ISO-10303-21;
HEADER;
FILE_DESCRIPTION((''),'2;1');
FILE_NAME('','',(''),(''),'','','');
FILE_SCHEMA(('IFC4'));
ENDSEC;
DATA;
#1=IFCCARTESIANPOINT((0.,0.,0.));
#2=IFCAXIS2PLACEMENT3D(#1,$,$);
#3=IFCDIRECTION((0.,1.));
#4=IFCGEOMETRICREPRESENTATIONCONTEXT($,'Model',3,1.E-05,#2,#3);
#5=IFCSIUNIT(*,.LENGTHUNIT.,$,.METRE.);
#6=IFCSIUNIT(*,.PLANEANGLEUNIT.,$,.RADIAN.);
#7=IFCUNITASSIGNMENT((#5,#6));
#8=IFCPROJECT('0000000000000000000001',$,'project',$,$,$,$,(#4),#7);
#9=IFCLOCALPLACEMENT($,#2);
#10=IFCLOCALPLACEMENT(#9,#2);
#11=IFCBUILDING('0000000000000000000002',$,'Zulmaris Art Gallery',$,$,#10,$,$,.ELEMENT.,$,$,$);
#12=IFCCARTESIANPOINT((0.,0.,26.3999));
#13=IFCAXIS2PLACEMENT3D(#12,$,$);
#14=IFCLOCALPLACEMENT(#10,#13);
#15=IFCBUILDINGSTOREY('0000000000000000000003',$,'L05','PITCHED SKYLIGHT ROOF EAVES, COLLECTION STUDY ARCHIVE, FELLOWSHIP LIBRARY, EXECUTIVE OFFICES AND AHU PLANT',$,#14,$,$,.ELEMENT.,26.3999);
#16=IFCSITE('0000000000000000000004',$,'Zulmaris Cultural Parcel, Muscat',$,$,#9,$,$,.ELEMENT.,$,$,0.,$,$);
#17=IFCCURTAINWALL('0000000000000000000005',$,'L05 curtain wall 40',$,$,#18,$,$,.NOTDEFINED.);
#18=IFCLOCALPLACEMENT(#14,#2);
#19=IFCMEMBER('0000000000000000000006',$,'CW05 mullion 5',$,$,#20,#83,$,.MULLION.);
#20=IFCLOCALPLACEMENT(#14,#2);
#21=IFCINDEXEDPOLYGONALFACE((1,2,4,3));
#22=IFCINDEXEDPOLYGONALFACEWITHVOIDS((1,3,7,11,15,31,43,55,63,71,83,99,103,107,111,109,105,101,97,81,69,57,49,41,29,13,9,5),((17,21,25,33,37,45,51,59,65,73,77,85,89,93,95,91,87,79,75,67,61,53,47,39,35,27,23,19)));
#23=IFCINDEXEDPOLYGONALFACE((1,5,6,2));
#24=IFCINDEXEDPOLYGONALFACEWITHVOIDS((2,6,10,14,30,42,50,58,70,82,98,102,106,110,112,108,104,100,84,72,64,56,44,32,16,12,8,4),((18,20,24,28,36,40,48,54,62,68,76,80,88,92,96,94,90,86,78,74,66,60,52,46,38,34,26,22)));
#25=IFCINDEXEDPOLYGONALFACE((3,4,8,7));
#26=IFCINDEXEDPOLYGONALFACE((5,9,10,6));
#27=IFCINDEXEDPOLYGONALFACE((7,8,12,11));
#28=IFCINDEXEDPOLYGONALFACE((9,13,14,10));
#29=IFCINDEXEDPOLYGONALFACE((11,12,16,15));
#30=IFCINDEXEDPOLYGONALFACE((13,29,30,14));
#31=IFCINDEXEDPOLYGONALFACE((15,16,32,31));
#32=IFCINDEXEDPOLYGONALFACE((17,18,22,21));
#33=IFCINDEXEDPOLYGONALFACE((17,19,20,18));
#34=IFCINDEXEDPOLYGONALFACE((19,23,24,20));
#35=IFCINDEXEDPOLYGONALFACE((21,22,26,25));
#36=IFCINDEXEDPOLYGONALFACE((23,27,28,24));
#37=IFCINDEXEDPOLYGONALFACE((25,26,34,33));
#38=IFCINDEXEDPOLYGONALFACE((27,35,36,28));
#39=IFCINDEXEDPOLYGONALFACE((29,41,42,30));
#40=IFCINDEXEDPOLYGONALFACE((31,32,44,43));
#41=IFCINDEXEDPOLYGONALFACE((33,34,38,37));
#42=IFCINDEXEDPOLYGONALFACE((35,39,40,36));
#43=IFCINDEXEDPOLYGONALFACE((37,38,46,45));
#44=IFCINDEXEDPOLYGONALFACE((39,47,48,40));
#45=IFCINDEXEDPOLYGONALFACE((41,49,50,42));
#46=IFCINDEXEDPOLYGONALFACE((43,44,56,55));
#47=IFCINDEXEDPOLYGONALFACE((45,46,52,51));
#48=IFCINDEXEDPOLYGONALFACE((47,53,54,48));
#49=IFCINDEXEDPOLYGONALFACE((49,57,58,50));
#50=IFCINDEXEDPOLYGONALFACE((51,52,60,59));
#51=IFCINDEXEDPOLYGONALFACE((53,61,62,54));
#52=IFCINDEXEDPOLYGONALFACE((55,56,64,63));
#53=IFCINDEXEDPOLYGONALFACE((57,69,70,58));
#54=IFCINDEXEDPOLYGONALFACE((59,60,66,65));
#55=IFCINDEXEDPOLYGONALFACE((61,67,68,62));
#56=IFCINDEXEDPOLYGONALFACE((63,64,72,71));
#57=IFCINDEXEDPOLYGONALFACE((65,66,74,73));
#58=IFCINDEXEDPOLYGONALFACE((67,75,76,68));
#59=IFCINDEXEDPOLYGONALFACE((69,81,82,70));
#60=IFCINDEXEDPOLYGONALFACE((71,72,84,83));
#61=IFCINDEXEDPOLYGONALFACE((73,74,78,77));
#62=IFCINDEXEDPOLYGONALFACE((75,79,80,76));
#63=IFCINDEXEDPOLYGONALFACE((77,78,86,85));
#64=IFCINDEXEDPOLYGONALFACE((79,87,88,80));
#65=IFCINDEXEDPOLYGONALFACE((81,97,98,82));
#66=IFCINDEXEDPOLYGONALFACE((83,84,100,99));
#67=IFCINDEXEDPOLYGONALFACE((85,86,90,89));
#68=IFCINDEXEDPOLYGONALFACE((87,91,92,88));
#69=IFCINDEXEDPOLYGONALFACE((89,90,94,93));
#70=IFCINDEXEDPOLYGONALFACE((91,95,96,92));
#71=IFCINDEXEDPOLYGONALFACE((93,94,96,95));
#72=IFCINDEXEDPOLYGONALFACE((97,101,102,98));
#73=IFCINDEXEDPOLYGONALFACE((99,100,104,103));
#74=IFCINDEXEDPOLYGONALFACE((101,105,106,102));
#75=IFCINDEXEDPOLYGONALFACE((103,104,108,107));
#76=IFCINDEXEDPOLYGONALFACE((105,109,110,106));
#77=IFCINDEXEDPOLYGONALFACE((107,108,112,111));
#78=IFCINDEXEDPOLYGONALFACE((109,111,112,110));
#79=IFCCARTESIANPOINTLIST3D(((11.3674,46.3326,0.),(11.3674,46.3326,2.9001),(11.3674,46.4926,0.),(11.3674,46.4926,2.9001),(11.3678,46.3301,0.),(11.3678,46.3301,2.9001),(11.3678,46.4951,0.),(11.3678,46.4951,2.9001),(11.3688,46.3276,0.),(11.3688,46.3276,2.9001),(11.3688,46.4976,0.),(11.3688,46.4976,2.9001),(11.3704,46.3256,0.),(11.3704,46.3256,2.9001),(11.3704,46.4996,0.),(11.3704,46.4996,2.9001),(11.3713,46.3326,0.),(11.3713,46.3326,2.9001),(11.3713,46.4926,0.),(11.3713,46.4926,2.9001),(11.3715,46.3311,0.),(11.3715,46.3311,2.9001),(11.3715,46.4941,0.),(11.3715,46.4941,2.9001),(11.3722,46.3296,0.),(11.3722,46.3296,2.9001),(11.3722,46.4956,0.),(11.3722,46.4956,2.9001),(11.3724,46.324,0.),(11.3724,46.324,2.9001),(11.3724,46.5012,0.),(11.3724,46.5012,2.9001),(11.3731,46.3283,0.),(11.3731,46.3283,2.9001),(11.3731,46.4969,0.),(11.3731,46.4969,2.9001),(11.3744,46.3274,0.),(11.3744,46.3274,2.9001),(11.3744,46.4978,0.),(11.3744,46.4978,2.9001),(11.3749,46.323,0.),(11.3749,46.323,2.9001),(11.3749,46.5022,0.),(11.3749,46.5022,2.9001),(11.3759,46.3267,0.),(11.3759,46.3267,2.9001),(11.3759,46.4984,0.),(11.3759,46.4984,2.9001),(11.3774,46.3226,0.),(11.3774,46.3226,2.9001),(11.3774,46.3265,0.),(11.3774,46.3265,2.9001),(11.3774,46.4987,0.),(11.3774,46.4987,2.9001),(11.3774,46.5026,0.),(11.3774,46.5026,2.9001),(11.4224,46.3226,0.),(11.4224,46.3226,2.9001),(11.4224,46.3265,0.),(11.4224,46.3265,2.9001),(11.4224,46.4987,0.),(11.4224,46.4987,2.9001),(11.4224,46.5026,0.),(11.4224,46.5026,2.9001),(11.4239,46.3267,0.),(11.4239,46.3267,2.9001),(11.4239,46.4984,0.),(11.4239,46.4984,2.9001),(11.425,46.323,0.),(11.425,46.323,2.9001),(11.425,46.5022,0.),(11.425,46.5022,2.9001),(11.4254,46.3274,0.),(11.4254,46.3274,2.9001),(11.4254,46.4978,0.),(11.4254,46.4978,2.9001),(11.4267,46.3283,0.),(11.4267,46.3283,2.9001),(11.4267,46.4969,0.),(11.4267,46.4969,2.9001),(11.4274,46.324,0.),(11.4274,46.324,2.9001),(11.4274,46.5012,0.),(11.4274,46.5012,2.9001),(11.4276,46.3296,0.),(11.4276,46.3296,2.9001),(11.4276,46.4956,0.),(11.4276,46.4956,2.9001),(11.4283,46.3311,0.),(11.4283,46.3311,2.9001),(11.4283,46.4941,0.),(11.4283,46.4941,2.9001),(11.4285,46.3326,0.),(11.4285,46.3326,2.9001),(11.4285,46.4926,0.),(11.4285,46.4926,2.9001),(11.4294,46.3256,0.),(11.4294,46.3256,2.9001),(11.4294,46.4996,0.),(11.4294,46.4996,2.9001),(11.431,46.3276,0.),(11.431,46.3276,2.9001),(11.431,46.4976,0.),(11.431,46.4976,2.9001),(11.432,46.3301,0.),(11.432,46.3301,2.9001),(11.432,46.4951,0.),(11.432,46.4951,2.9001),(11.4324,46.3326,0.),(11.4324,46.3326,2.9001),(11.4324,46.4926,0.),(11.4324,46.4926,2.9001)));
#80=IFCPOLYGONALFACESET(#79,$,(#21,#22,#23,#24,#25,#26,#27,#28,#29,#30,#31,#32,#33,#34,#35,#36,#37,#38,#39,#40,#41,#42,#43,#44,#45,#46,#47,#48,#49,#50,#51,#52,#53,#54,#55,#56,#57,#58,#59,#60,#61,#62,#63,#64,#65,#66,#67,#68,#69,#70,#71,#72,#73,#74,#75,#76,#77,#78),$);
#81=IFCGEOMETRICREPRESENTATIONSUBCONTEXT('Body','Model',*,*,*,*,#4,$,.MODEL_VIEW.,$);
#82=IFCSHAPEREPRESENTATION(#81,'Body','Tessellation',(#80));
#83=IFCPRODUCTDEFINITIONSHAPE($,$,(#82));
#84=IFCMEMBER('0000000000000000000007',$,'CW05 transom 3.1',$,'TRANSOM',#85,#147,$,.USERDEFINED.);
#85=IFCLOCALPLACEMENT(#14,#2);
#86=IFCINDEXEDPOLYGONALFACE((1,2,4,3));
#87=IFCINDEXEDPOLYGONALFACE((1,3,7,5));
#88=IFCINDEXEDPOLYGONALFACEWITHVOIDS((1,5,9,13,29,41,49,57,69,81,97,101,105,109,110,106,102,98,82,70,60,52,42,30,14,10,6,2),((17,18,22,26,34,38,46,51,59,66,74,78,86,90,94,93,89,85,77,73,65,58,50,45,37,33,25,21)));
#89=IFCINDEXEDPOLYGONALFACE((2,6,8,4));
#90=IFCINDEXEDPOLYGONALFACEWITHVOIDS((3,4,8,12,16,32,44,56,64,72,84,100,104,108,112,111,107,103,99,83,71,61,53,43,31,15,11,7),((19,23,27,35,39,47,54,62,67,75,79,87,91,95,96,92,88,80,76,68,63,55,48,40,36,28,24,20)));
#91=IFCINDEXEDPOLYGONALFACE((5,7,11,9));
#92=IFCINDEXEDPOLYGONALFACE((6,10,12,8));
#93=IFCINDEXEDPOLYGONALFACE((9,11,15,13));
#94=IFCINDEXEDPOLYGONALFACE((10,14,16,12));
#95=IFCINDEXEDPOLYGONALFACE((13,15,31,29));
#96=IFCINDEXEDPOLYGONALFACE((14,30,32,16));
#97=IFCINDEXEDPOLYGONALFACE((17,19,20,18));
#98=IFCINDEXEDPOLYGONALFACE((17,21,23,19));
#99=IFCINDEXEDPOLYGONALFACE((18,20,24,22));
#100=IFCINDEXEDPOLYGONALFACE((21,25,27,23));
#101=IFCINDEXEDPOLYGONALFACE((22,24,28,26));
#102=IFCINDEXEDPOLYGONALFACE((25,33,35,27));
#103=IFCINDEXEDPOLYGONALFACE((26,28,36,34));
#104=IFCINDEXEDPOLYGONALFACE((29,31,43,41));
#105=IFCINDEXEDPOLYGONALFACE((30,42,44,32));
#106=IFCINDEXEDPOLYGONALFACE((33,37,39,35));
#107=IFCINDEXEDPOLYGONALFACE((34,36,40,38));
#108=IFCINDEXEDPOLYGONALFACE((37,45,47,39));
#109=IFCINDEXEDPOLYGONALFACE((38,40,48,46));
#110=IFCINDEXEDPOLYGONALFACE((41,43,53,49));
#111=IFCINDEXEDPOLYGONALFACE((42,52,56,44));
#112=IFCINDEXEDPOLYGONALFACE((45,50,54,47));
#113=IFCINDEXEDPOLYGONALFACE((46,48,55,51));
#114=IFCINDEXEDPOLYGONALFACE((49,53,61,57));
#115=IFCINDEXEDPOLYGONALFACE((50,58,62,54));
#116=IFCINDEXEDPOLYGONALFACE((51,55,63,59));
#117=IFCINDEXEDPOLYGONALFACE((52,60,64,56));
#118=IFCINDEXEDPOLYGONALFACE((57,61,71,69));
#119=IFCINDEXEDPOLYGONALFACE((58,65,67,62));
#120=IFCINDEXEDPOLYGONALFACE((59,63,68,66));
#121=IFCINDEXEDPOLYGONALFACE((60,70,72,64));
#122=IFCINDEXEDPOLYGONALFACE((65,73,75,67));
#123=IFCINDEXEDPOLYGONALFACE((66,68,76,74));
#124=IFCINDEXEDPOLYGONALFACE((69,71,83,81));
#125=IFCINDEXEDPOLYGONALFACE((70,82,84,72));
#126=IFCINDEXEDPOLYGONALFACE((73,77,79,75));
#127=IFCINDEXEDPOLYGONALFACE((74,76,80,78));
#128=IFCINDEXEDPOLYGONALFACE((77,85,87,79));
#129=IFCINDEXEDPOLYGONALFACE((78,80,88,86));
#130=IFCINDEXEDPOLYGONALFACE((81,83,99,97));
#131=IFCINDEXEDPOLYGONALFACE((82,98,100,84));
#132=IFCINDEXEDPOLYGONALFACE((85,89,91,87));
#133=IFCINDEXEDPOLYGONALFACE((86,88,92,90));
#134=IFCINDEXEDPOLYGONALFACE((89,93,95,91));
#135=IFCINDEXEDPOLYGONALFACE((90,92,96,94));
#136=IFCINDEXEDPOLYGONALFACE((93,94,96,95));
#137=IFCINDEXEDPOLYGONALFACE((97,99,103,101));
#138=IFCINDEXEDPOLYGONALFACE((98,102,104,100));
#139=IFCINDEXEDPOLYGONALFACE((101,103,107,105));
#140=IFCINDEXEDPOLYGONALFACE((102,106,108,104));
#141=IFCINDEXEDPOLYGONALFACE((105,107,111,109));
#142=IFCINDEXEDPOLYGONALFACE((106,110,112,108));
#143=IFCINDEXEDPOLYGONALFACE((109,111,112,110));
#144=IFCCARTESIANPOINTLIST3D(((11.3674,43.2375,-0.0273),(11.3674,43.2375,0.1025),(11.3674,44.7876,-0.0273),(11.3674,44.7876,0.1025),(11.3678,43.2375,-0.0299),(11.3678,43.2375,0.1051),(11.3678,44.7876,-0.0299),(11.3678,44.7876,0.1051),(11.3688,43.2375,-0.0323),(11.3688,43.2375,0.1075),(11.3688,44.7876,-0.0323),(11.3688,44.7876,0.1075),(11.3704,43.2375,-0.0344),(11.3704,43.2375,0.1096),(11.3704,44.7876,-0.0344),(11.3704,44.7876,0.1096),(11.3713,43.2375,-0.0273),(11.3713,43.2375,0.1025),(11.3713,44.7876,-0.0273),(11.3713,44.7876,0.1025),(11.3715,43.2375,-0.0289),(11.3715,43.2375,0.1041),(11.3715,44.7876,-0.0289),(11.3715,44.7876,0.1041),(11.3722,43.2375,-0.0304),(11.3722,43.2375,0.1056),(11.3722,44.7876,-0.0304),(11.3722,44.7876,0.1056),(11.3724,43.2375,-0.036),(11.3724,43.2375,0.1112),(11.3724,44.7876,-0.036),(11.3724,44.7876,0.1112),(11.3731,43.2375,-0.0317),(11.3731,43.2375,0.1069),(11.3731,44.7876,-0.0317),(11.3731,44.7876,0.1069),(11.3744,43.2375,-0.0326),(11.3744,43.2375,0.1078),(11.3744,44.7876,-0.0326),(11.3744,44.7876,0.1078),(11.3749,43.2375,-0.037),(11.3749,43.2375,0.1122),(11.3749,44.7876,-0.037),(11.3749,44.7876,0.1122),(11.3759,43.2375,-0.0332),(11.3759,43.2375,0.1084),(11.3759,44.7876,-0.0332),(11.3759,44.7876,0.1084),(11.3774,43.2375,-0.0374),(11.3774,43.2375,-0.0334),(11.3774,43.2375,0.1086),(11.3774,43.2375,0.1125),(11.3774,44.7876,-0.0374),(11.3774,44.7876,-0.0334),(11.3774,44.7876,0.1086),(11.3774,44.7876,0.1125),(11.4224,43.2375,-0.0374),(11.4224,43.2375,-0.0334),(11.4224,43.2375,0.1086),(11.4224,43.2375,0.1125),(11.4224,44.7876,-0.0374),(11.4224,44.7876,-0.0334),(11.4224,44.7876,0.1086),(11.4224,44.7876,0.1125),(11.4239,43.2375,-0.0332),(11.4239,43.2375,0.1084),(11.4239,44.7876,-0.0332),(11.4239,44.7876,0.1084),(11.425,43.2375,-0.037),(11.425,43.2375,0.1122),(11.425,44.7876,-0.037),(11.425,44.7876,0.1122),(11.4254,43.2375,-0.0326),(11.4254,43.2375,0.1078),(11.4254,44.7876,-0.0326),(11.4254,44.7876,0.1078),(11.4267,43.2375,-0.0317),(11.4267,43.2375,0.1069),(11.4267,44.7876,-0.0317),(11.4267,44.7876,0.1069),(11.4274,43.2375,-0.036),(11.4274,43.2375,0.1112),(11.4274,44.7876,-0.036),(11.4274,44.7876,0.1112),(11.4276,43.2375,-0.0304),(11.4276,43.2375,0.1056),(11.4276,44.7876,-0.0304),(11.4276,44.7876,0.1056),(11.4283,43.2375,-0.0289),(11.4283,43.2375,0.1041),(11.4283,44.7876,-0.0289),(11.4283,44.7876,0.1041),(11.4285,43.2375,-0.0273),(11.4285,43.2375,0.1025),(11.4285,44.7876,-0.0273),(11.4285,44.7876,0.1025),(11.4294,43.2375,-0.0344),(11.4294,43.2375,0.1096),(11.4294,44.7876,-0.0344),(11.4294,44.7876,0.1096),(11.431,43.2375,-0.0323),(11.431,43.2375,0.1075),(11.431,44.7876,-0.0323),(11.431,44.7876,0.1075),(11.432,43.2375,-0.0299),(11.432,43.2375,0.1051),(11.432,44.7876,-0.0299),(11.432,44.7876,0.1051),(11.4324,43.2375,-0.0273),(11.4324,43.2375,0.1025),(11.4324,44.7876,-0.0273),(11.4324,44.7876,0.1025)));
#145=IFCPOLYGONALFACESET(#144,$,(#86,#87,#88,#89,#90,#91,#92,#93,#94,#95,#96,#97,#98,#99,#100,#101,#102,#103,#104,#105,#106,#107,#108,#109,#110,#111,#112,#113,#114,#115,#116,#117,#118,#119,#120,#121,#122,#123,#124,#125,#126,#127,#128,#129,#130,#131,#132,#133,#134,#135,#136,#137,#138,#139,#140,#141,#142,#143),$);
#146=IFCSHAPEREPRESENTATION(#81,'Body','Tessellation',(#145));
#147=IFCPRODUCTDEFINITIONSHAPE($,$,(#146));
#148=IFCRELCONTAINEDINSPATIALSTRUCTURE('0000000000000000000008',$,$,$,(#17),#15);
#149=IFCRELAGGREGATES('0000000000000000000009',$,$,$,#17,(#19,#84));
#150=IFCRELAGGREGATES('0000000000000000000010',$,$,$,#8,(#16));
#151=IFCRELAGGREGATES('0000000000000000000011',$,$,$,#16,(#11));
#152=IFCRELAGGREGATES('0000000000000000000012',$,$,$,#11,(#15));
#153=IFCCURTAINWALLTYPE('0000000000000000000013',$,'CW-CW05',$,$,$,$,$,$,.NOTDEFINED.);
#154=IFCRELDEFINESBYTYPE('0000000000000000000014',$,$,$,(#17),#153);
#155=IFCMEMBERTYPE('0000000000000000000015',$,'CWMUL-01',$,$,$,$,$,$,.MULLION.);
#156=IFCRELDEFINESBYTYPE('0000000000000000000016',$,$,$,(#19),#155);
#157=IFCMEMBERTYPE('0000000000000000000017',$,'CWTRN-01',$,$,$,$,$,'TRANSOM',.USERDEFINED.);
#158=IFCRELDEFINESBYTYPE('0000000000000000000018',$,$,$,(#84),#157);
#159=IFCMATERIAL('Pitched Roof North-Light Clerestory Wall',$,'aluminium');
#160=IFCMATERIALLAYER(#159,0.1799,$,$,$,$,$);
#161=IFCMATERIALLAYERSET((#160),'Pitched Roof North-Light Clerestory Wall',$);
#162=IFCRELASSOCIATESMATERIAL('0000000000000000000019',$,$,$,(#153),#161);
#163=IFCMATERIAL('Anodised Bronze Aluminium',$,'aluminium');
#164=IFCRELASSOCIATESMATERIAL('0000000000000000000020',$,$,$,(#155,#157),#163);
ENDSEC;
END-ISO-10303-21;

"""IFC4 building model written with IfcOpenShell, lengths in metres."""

from ifc_helpers import new_model, si_unit, direction, frame, origin, origin_2d, place, context, subcontext, project, spatial, hollow_rectangle, extrude, material, layer, layer_set, material_profile, profile_set, type_object, element, aggregate, save


model = new_model("IFC4")

# Units and contexts
model_context = context("Model", 3, precision=1e-05, world=origin(), true_north=direction((0.0, 1.0)))
body_context = subcontext(model_context, "Body", "Model", "MODEL_VIEW")
ifc_project = project(units=[si_unit("LENGTHUNIT", "METRE"), si_unit("PLANEANGLEUNIT", "RADIAN")], contexts=[model_context])

# Site, building, storey
site_placement = place(None, origin())
site = spatial("IfcSite", under=ifc_project, at=site_placement, Name="Zulmaris Cultural Parcel, Muscat", CompositionType="ELEMENT", RefElevation=0.0)
building_placement = place(site_placement, origin())
building = spatial("IfcBuilding", under=site, at=building_placement, Name="Zulmaris Art Gallery", CompositionType="ELEMENT")
storey_placement = place(building_placement, frame((0.0, 0.0, 26.3999)))
storey = spatial("IfcBuildingStorey", under=building, at=storey_placement, Name="L05", Description="PITCHED SKYLIGHT ROOF EAVES, COLLECTION STUDY ARCHIVE, FELLOWSHIP LIBRARY, EXECUTIVE OFFICES AND AHU PLANT", CompositionType="ELEMENT", Elevation=26.3999)

# Curtain wall, members
ifc_material_1 = material(Name="Pitched Roof North-Light Clerestory Wall", Category="aluminium")
ifc_layer_1 = layer(ifc_material_1, 0.1799)
ifc_layer_set_1 = layer_set([ifc_layer_1], Name="Pitched Roof North-Light Clerestory Wall")
curtain_wall_type = type_object("IfcCurtainWallType", Name="CW-CW05", PredefinedType="NOTDEFINED", material=ifc_layer_set_1)
curtain_wall_placement = place(storey_placement, origin())
curtain_wall = element("IfcCurtainWall", 1, at=curtain_wall_placement, inside=storey, type_object=curtain_wall_type, Name="L05 curtain wall 40", PredefinedType="NOTDEFINED")
ifc_material_2 = material(Name="Anodised Bronze Aluminium", Category="aluminium")
ifc_material_profile_1 = material_profile(ifc_material_2, hollow_rectangle(XDim=0.0649, YDim=0.1799, WallThickness=0.0039, InnerFilletRadius=0.0061, OuterFilletRadius=0.01, at=origin_2d()), Name="ALU 65x180x4")
ifc_profile_set_1 = profile_set([ifc_material_profile_1], Name="Anodised Bronze Aluminium")
member_type_1 = type_object("IfcMemberType", Name="CWMUL-01", PredefinedType="MULLION", material=ifc_profile_set_1)
member_1_placement = place(storey_placement, frame((11.3999, 46.4126, 0.0), z_axis=(0.0, 0.0, 1.0), x_axis=(-1.0, 0.0, 0.0)))
member_1 = element("IfcMember", 2, at=member_1_placement, type_object=member_type_1, Name="CW05 mullion 5", PredefinedType="MULLION", context=body_context, shape_type="SweptSolid", body=[
    extrude(hollow_rectangle(XDim=0.0649, YDim=0.1799, WallThickness=0.0039, InnerFilletRadius=0.0061, OuterFilletRadius=0.01, at=origin_2d()), origin(), (0.0, 0.0, 1.0), 2.9001),
])
ifc_material_profile_2 = material_profile(ifc_material_2, hollow_rectangle(XDim=0.0649, YDim=0.1499, WallThickness=0.0039, InnerFilletRadius=0.0061, OuterFilletRadius=0.01, at=origin_2d()), Name="ALU 65x150x4")
ifc_profile_set_2 = profile_set([ifc_material_profile_2], Name="Anodised Bronze Aluminium")
member_type_2 = type_object("IfcMemberType", Name="CWTRN-01", ElementType="TRANSOM", PredefinedType="USERDEFINED", material=ifc_profile_set_2)
member_2_placement = place(storey_placement, frame((11.3999, 43.2375, 0.0376), z_axis=(0.0, 1.0, 0.0), x_axis=(-1.0, 0.0, 0.0)))
member_2 = element("IfcMember", 3, at=member_2_placement, type_object=member_type_2, Name="CW05 transom 3.1", ObjectType="TRANSOM", PredefinedType="USERDEFINED", context=body_context, shape_type="SweptSolid", body=[
    extrude(hollow_rectangle(XDim=0.0649, YDim=0.1499, WallThickness=0.0039, InnerFilletRadius=0.0061, OuterFilletRadius=0.01, at=origin_2d()), origin(), (0.0, 0.0, 1.0), 1.55),
])

aggregate(curtain_wall, [member_1, member_2])

save(model, "model.ifc")
